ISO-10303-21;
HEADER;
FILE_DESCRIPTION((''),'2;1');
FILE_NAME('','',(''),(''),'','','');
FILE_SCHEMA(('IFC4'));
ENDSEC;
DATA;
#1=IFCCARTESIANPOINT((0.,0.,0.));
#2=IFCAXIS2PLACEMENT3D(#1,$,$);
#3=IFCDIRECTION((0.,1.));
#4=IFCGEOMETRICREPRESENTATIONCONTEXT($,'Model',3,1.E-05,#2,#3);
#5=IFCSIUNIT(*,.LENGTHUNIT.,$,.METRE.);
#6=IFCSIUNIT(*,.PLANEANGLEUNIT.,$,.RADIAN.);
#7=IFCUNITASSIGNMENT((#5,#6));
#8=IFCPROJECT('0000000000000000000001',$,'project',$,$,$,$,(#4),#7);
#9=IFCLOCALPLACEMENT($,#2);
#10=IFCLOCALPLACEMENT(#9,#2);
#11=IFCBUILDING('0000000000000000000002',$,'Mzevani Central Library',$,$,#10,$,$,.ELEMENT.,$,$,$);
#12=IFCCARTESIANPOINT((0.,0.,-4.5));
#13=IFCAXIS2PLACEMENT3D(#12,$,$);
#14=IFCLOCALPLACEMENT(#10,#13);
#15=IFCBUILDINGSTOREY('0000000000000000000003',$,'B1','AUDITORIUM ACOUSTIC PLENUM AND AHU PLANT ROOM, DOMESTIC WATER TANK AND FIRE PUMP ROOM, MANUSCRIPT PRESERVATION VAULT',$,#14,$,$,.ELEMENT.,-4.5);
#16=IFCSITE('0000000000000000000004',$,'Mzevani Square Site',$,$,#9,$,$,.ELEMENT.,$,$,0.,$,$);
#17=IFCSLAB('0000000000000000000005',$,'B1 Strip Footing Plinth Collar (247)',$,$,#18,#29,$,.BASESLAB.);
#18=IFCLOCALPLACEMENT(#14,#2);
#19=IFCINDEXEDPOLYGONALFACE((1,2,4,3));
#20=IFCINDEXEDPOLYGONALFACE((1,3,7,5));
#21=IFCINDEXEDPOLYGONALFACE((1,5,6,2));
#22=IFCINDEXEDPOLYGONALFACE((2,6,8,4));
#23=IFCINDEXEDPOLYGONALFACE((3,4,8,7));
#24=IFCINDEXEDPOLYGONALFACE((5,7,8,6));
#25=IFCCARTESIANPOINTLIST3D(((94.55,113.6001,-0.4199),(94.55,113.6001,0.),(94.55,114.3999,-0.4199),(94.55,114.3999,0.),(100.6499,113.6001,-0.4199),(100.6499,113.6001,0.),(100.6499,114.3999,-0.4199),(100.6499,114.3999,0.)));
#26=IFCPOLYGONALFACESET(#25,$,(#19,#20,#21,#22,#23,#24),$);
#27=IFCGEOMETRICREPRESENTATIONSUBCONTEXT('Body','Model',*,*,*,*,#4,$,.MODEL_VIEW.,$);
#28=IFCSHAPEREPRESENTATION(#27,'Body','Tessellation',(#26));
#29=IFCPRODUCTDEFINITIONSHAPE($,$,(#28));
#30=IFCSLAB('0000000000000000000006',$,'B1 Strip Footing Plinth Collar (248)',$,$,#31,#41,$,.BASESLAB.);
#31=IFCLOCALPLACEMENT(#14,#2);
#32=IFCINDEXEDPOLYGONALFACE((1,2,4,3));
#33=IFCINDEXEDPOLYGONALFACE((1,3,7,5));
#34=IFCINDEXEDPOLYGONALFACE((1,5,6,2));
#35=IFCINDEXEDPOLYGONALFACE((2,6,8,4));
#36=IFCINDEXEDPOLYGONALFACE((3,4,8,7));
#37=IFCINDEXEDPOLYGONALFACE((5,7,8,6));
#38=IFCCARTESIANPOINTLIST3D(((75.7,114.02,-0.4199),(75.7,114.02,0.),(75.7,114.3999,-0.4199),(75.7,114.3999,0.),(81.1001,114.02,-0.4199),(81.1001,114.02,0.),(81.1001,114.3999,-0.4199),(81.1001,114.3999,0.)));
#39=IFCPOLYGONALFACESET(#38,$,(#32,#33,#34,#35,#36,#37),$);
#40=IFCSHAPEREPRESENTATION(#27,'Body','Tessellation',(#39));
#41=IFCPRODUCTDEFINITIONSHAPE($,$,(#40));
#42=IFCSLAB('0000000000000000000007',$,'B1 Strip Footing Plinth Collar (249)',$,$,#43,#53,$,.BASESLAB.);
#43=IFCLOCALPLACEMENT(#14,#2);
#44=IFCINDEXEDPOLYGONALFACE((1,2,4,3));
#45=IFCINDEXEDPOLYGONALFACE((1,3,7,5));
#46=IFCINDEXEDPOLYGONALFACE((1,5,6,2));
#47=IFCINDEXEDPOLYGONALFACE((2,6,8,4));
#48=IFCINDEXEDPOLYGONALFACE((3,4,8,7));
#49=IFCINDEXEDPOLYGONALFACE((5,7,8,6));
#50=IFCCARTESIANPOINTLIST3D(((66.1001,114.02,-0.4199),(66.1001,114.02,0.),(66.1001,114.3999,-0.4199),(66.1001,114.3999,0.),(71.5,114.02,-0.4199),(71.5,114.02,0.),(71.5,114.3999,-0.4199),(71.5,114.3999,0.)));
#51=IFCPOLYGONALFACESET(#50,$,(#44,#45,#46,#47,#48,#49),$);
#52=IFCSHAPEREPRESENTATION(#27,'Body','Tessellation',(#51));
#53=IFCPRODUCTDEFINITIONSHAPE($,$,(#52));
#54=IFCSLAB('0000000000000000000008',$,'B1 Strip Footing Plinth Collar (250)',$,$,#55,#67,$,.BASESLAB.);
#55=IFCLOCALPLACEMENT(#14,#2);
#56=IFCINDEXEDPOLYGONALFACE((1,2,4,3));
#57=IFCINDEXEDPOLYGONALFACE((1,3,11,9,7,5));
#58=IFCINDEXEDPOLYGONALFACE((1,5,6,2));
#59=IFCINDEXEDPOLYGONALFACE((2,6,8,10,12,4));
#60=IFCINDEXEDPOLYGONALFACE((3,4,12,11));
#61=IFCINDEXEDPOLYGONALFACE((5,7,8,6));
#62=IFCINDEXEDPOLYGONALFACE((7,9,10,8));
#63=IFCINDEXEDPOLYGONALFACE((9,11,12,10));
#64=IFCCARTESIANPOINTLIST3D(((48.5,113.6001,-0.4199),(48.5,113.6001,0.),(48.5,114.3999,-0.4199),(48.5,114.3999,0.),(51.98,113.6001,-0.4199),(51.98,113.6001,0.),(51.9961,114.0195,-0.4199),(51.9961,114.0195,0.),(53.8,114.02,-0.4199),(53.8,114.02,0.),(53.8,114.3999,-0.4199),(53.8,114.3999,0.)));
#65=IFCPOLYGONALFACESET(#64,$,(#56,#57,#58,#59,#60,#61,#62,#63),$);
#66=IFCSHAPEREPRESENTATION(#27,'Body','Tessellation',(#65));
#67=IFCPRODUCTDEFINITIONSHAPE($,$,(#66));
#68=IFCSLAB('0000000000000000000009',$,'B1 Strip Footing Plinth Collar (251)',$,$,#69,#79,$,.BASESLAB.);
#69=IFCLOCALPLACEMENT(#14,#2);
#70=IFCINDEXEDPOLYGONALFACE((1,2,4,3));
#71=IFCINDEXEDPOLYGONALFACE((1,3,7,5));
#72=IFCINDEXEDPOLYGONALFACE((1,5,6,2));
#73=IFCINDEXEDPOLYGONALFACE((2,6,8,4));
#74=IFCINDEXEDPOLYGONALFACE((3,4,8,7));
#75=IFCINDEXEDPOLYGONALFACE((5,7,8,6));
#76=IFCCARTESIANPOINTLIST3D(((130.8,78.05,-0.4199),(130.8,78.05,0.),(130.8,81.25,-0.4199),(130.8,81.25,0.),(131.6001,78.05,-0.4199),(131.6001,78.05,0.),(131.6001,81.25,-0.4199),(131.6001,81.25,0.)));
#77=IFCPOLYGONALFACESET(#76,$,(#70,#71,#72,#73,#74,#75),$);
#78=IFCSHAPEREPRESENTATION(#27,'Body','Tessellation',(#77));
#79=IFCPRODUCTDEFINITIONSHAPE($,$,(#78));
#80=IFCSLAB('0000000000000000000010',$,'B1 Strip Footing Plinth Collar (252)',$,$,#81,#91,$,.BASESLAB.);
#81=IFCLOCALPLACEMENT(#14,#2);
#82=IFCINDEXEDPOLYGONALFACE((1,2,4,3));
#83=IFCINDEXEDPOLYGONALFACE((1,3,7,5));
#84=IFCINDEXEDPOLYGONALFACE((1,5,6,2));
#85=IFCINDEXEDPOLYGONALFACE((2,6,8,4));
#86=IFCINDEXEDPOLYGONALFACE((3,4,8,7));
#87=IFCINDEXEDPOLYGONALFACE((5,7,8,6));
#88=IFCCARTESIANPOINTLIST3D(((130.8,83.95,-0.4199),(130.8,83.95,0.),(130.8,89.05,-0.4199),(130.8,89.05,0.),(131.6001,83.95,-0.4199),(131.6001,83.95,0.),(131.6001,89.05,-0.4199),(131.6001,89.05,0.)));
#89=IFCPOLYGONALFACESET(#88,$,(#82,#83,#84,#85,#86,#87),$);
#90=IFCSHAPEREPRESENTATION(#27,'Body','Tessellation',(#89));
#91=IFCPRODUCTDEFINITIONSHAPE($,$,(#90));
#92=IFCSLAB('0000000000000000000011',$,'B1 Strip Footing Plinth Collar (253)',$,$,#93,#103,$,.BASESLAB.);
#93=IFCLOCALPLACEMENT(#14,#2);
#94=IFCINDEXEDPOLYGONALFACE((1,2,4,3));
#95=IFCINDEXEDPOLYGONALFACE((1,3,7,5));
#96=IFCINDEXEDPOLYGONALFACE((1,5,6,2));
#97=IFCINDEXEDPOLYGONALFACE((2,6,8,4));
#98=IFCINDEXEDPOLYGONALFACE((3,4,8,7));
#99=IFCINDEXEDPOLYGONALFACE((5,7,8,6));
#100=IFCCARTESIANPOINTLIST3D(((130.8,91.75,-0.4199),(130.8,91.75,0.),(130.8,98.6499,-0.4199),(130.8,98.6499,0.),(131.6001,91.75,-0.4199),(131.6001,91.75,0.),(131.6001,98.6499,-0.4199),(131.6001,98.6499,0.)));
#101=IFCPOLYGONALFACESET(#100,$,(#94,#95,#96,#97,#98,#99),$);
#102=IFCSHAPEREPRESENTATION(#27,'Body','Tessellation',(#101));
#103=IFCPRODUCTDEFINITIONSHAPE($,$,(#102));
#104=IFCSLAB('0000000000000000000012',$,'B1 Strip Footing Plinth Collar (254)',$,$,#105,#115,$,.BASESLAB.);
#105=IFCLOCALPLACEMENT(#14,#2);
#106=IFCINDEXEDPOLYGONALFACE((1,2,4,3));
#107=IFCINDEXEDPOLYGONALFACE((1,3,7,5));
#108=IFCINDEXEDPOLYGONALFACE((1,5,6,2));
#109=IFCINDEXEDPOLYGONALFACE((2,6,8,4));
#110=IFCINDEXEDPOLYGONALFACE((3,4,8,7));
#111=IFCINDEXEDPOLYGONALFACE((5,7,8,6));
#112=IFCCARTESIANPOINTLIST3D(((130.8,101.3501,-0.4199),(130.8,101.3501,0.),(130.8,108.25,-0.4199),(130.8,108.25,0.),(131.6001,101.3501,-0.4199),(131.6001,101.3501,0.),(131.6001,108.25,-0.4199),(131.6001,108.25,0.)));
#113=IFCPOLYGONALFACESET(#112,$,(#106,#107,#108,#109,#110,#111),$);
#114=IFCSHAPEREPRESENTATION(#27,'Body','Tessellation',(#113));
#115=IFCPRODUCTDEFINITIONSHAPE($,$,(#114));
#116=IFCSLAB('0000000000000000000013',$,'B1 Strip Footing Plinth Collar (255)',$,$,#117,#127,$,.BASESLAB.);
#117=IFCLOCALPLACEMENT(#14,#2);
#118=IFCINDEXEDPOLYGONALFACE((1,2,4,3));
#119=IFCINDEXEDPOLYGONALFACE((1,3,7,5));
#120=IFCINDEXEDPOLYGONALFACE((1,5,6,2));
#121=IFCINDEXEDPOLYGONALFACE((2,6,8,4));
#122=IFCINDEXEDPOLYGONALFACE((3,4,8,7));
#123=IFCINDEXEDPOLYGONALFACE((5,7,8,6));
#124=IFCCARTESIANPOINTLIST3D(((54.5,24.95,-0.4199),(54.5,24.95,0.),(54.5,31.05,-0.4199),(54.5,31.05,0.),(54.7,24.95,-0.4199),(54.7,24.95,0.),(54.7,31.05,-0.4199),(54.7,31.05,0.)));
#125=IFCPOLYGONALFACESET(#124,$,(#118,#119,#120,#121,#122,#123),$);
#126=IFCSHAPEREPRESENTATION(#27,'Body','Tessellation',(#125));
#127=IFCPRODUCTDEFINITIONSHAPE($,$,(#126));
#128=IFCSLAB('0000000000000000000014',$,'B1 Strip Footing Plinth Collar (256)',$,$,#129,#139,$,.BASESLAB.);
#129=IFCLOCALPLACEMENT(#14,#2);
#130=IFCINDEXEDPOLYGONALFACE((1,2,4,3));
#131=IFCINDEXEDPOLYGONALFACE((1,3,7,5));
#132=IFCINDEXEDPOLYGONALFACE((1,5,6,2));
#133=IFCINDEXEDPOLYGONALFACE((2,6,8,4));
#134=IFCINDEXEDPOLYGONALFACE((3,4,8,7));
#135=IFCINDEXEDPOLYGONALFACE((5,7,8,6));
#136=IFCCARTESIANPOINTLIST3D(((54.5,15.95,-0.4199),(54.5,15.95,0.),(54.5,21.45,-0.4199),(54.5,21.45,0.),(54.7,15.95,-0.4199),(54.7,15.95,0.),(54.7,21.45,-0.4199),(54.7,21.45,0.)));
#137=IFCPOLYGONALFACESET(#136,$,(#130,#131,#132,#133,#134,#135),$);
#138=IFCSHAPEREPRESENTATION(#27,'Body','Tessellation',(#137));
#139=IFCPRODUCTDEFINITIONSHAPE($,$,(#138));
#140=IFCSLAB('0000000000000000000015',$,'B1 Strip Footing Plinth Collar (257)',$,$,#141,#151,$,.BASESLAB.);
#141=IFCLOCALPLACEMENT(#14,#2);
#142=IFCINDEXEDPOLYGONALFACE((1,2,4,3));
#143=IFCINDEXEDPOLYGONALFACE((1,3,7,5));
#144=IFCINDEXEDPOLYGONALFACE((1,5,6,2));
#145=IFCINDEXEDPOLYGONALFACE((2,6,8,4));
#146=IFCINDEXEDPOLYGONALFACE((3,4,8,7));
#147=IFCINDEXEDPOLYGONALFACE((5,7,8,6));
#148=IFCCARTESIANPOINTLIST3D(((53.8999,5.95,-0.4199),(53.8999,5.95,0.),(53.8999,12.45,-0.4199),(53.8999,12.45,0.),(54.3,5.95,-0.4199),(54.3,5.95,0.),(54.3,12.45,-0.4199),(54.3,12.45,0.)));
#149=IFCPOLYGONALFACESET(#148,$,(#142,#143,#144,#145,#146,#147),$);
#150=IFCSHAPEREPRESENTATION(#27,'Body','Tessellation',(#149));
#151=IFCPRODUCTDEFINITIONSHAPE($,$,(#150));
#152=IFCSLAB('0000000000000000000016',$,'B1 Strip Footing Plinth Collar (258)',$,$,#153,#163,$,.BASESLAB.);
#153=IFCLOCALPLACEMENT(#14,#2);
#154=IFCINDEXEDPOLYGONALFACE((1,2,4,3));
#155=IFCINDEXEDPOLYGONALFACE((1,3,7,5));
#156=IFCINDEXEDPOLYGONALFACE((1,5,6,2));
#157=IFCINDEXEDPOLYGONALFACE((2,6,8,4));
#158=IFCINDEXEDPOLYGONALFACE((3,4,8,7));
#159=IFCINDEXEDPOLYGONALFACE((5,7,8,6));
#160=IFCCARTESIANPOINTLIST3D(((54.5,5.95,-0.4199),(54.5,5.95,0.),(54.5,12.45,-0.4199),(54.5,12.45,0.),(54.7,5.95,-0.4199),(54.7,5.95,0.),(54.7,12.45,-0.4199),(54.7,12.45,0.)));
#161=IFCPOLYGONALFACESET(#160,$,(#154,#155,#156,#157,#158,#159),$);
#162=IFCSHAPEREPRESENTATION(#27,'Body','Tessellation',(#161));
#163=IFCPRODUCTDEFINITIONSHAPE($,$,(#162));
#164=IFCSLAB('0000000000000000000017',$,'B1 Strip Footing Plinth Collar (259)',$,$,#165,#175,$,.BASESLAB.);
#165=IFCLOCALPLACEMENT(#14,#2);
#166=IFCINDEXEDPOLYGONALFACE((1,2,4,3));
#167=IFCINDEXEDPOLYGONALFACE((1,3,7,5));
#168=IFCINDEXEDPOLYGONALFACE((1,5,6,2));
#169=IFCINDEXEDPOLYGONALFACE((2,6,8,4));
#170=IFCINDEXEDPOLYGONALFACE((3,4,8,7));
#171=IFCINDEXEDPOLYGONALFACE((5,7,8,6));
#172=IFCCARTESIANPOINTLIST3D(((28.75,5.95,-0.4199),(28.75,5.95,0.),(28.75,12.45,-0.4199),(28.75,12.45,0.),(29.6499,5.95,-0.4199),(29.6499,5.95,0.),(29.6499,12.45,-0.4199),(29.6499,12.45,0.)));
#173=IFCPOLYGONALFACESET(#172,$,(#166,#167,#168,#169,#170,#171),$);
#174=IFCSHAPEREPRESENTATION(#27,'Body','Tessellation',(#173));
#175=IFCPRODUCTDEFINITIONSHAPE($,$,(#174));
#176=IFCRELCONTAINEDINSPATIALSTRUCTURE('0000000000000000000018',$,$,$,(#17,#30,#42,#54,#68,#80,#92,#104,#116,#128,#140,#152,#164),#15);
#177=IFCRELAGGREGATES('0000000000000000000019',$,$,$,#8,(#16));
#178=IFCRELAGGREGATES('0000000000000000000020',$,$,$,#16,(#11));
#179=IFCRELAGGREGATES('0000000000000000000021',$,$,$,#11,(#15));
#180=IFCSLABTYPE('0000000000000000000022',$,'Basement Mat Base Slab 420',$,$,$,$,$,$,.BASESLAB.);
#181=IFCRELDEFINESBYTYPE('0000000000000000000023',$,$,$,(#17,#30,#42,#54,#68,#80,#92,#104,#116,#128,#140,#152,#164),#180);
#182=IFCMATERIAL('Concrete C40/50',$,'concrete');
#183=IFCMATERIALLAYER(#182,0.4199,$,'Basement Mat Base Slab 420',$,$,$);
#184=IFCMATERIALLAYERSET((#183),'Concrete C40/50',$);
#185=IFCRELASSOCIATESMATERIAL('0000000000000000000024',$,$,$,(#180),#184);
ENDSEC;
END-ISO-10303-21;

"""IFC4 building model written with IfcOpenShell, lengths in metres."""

from ifc_helpers import new_model, si_unit, direction, frame, origin, place, context, subcontext, project, spatial, polyline, outline, extrude, material, layer, layer_set, type_object, element, save


model = new_model("IFC4")

# Units and contexts
model_context = context("Model", 3, precision=1e-05, world=origin(), true_north=direction((0.0, 1.0)))
body_context = subcontext(model_context, "Body", "Model", "MODEL_VIEW")
ifc_project = project(units=[si_unit("LENGTHUNIT", "METRE"), si_unit("PLANEANGLEUNIT", "RADIAN")], contexts=[model_context])

# Site, building, storey
site_placement = place(None, origin())
site = spatial("IfcSite", under=ifc_project, at=site_placement, Name="Mzevani Square Site", CompositionType="ELEMENT", RefElevation=0.0)
building_placement = place(site_placement, origin())
building = spatial("IfcBuilding", under=site, at=building_placement, Name="Mzevani Central Library", CompositionType="ELEMENT")
storey_placement = place(building_placement, frame((0.0, 0.0, -4.5)))
storey = spatial("IfcBuildingStorey", under=building, at=storey_placement, Name="B1", Description="AUDITORIUM ACOUSTIC PLENUM AND AHU PLANT ROOM, DOMESTIC WATER TANK AND FIRE PUMP ROOM, MANUSCRIPT PRESERVATION VAULT", CompositionType="ELEMENT", Elevation=-4.5)

# Shared definitions
ifc_material = material(Name="Concrete C40/50", Category="concrete")

# Slabs
ifc_layer = layer(ifc_material, 0.4199, Name="Basement Mat Base Slab 420")
ifc_layer_set = layer_set([ifc_layer], Name="Concrete C40/50")
slab_type = type_object("IfcSlabType", Name="Basement Mat Base Slab 420", PredefinedType="BASESLAB", material=ifc_layer_set)
slab_1_placement = place(storey_placement, frame((0.0, 0.0, -0.4199)))
element("IfcSlab", 1, at=slab_1_placement, inside=storey, type_object=slab_type, Name="B1 Strip Footing Plinth Collar (247)", PredefinedType="BASESLAB", context=body_context, shape_type="SweptSolid", body=[
    extrude(outline(polyline([(100.6499, 113.6001), (94.55, 113.6001), (94.55, 114.3999), (100.6499, 114.3999), (100.6499, 113.6001)])), origin(), (0.0, 0.0, 1.0), 0.4199),
])
slab_2_placement = place(storey_placement, frame((0.0, 0.0, -0.4199)))
element("IfcSlab", 2, at=slab_2_placement, inside=storey, type_object=slab_type, Name="B1 Strip Footing Plinth Collar (248)", PredefinedType="BASESLAB", context=body_context, shape_type="SweptSolid", body=[
    extrude(outline(polyline([(81.1001, 114.02), (75.7, 114.02), (75.7, 114.3999), (81.1001, 114.3999), (81.1001, 114.02)])), origin(), (0.0, 0.0, 1.0), 0.4199),
])
slab_3_placement = place(storey_placement, frame((0.0, 0.0, -0.4199)))
element("IfcSlab", 3, at=slab_3_placement, inside=storey, type_object=slab_type, Name="B1 Strip Footing Plinth Collar (249)", PredefinedType="BASESLAB", context=body_context, shape_type="SweptSolid", body=[
    extrude(outline(polyline([(71.5, 114.02), (66.1001, 114.02), (66.1001, 114.3999), (71.5, 114.3999), (71.5, 114.02)])), origin(), (0.0, 0.0, 1.0), 0.4199),
])
slab_4_placement = place(storey_placement, frame((0.0, 0.0, -0.4199)))
element("IfcSlab", 4, at=slab_4_placement, inside=storey, type_object=slab_type, Name="B1 Strip Footing Plinth Collar (250)", PredefinedType="BASESLAB", context=body_context, shape_type="SweptSolid", body=[
    extrude(outline(polyline([(53.8, 114.02), (51.9961, 114.0195), (51.98, 113.6001), (48.5, 113.6001), (48.5, 114.3999), (53.8, 114.3999), (53.8, 114.02)])), origin(), (0.0, 0.0, 1.0), 0.4199),
])
slab_5_placement = place(storey_placement, frame((0.0, 0.0, -0.4199)))
element("IfcSlab", 5, at=slab_5_placement, inside=storey, type_object=slab_type, Name="B1 Strip Footing Plinth Collar (251)", PredefinedType="BASESLAB", context=body_context, shape_type="SweptSolid", body=[
    extrude(outline(polyline([(130.8, 78.05), (130.8, 81.25), (131.6001, 81.25), (131.6001, 78.05), (130.8, 78.05)])), origin(), (0.0, 0.0, 1.0), 0.4199),
])
slab_6_placement = place(storey_placement, frame((0.0, 0.0, -0.4199)))
element("IfcSlab", 6, at=slab_6_placement, inside=storey, type_object=slab_type, Name="B1 Strip Footing Plinth Collar (252)", PredefinedType="BASESLAB", context=body_context, shape_type="SweptSolid", body=[
    extrude(outline(polyline([(130.8, 83.95), (130.8, 89.05), (131.6001, 89.05), (131.6001, 83.95), (130.8, 83.95)])), origin(), (0.0, 0.0, 1.0), 0.4199),
])
slab_7_placement = place(storey_placement, frame((0.0, 0.0, -0.4199)))
element("IfcSlab", 7, at=slab_7_placement, inside=storey, type_object=slab_type, Name="B1 Strip Footing Plinth Collar (253)", PredefinedType="BASESLAB", context=body_context, shape_type="SweptSolid", body=[
    extrude(outline(polyline([(130.8, 91.75), (130.8, 98.6499), (131.6001, 98.6499), (131.6001, 91.75), (130.8, 91.75)])), origin(), (0.0, 0.0, 1.0), 0.4199),
])
slab_8_placement = place(storey_placement, frame((0.0, 0.0, -0.4199)))
element("IfcSlab", 8, at=slab_8_placement, inside=storey, type_object=slab_type, Name="B1 Strip Footing Plinth Collar (254)", PredefinedType="BASESLAB", context=body_context, shape_type="SweptSolid", body=[
    extrude(outline(polyline([(130.8, 101.3501), (130.8, 108.25), (131.6001, 108.25), (131.6001, 101.3501), (130.8, 101.3501)])), origin(), (0.0, 0.0, 1.0), 0.4199),
])
slab_9_placement = place(storey_placement, frame((0.0, 0.0, -0.4199)))
element("IfcSlab", 9, at=slab_9_placement, inside=storey, type_object=slab_type, Name="B1 Strip Footing Plinth Collar (255)", PredefinedType="BASESLAB", context=body_context, shape_type="SweptSolid", body=[
    extrude(outline(polyline([(54.7, 24.95), (54.5, 24.95), (54.5, 31.05), (54.7, 31.05), (54.7, 24.95)])), origin(), (0.0, 0.0, 1.0), 0.4199),
])
slab_10_placement = place(storey_placement, frame((0.0, 0.0, -0.4199)))
element("IfcSlab", 10, at=slab_10_placement, inside=storey, type_object=slab_type, Name="B1 Strip Footing Plinth Collar (256)", PredefinedType="BASESLAB", context=body_context, shape_type="SweptSolid", body=[
    extrude(outline(polyline([(54.7, 15.95), (54.5, 15.95), (54.5, 21.45), (54.7, 21.45), (54.7, 15.95)])), origin(), (0.0, 0.0, 1.0), 0.4199),
])
slab_11_placement = place(storey_placement, frame((0.0, 0.0, -0.4199)))
element("IfcSlab", 11, at=slab_11_placement, inside=storey, type_object=slab_type, Name="B1 Strip Footing Plinth Collar (257)", PredefinedType="BASESLAB", context=body_context, shape_type="SweptSolid", body=[
    extrude(outline(polyline([(54.3, 12.45), (54.3, 5.95), (53.8999, 5.95), (53.8999, 12.45), (54.3, 12.45)])), origin(), (0.0, 0.0, 1.0), 0.4199),
])
slab_12_placement = place(storey_placement, frame((0.0, 0.0, -0.4199)))
element("IfcSlab", 12, at=slab_12_placement, inside=storey, type_object=slab_type, Name="B1 Strip Footing Plinth Collar (258)", PredefinedType="BASESLAB", context=body_context, shape_type="SweptSolid", body=[
    extrude(outline(polyline([(54.7, 12.45), (54.7, 5.95), (54.5, 5.95), (54.5, 12.45), (54.7, 12.45)])), origin(), (0.0, 0.0, 1.0), 0.4199),
])
slab_13_placement = place(storey_placement, frame((0.0, 0.0, -0.4199)))
element("IfcSlab", 13, at=slab_13_placement, inside=storey, type_object=slab_type, Name="B1 Strip Footing Plinth Collar (259)", PredefinedType="BASESLAB", context=body_context, shape_type="SweptSolid", body=[
    extrude(outline(polyline([(28.75, 5.95), (28.75, 12.45), (29.6499, 12.45), (29.6499, 5.95), (28.75, 5.95)])), origin(), (0.0, 0.0, 1.0), 0.4199),
])

save(model, "model.ifc")
